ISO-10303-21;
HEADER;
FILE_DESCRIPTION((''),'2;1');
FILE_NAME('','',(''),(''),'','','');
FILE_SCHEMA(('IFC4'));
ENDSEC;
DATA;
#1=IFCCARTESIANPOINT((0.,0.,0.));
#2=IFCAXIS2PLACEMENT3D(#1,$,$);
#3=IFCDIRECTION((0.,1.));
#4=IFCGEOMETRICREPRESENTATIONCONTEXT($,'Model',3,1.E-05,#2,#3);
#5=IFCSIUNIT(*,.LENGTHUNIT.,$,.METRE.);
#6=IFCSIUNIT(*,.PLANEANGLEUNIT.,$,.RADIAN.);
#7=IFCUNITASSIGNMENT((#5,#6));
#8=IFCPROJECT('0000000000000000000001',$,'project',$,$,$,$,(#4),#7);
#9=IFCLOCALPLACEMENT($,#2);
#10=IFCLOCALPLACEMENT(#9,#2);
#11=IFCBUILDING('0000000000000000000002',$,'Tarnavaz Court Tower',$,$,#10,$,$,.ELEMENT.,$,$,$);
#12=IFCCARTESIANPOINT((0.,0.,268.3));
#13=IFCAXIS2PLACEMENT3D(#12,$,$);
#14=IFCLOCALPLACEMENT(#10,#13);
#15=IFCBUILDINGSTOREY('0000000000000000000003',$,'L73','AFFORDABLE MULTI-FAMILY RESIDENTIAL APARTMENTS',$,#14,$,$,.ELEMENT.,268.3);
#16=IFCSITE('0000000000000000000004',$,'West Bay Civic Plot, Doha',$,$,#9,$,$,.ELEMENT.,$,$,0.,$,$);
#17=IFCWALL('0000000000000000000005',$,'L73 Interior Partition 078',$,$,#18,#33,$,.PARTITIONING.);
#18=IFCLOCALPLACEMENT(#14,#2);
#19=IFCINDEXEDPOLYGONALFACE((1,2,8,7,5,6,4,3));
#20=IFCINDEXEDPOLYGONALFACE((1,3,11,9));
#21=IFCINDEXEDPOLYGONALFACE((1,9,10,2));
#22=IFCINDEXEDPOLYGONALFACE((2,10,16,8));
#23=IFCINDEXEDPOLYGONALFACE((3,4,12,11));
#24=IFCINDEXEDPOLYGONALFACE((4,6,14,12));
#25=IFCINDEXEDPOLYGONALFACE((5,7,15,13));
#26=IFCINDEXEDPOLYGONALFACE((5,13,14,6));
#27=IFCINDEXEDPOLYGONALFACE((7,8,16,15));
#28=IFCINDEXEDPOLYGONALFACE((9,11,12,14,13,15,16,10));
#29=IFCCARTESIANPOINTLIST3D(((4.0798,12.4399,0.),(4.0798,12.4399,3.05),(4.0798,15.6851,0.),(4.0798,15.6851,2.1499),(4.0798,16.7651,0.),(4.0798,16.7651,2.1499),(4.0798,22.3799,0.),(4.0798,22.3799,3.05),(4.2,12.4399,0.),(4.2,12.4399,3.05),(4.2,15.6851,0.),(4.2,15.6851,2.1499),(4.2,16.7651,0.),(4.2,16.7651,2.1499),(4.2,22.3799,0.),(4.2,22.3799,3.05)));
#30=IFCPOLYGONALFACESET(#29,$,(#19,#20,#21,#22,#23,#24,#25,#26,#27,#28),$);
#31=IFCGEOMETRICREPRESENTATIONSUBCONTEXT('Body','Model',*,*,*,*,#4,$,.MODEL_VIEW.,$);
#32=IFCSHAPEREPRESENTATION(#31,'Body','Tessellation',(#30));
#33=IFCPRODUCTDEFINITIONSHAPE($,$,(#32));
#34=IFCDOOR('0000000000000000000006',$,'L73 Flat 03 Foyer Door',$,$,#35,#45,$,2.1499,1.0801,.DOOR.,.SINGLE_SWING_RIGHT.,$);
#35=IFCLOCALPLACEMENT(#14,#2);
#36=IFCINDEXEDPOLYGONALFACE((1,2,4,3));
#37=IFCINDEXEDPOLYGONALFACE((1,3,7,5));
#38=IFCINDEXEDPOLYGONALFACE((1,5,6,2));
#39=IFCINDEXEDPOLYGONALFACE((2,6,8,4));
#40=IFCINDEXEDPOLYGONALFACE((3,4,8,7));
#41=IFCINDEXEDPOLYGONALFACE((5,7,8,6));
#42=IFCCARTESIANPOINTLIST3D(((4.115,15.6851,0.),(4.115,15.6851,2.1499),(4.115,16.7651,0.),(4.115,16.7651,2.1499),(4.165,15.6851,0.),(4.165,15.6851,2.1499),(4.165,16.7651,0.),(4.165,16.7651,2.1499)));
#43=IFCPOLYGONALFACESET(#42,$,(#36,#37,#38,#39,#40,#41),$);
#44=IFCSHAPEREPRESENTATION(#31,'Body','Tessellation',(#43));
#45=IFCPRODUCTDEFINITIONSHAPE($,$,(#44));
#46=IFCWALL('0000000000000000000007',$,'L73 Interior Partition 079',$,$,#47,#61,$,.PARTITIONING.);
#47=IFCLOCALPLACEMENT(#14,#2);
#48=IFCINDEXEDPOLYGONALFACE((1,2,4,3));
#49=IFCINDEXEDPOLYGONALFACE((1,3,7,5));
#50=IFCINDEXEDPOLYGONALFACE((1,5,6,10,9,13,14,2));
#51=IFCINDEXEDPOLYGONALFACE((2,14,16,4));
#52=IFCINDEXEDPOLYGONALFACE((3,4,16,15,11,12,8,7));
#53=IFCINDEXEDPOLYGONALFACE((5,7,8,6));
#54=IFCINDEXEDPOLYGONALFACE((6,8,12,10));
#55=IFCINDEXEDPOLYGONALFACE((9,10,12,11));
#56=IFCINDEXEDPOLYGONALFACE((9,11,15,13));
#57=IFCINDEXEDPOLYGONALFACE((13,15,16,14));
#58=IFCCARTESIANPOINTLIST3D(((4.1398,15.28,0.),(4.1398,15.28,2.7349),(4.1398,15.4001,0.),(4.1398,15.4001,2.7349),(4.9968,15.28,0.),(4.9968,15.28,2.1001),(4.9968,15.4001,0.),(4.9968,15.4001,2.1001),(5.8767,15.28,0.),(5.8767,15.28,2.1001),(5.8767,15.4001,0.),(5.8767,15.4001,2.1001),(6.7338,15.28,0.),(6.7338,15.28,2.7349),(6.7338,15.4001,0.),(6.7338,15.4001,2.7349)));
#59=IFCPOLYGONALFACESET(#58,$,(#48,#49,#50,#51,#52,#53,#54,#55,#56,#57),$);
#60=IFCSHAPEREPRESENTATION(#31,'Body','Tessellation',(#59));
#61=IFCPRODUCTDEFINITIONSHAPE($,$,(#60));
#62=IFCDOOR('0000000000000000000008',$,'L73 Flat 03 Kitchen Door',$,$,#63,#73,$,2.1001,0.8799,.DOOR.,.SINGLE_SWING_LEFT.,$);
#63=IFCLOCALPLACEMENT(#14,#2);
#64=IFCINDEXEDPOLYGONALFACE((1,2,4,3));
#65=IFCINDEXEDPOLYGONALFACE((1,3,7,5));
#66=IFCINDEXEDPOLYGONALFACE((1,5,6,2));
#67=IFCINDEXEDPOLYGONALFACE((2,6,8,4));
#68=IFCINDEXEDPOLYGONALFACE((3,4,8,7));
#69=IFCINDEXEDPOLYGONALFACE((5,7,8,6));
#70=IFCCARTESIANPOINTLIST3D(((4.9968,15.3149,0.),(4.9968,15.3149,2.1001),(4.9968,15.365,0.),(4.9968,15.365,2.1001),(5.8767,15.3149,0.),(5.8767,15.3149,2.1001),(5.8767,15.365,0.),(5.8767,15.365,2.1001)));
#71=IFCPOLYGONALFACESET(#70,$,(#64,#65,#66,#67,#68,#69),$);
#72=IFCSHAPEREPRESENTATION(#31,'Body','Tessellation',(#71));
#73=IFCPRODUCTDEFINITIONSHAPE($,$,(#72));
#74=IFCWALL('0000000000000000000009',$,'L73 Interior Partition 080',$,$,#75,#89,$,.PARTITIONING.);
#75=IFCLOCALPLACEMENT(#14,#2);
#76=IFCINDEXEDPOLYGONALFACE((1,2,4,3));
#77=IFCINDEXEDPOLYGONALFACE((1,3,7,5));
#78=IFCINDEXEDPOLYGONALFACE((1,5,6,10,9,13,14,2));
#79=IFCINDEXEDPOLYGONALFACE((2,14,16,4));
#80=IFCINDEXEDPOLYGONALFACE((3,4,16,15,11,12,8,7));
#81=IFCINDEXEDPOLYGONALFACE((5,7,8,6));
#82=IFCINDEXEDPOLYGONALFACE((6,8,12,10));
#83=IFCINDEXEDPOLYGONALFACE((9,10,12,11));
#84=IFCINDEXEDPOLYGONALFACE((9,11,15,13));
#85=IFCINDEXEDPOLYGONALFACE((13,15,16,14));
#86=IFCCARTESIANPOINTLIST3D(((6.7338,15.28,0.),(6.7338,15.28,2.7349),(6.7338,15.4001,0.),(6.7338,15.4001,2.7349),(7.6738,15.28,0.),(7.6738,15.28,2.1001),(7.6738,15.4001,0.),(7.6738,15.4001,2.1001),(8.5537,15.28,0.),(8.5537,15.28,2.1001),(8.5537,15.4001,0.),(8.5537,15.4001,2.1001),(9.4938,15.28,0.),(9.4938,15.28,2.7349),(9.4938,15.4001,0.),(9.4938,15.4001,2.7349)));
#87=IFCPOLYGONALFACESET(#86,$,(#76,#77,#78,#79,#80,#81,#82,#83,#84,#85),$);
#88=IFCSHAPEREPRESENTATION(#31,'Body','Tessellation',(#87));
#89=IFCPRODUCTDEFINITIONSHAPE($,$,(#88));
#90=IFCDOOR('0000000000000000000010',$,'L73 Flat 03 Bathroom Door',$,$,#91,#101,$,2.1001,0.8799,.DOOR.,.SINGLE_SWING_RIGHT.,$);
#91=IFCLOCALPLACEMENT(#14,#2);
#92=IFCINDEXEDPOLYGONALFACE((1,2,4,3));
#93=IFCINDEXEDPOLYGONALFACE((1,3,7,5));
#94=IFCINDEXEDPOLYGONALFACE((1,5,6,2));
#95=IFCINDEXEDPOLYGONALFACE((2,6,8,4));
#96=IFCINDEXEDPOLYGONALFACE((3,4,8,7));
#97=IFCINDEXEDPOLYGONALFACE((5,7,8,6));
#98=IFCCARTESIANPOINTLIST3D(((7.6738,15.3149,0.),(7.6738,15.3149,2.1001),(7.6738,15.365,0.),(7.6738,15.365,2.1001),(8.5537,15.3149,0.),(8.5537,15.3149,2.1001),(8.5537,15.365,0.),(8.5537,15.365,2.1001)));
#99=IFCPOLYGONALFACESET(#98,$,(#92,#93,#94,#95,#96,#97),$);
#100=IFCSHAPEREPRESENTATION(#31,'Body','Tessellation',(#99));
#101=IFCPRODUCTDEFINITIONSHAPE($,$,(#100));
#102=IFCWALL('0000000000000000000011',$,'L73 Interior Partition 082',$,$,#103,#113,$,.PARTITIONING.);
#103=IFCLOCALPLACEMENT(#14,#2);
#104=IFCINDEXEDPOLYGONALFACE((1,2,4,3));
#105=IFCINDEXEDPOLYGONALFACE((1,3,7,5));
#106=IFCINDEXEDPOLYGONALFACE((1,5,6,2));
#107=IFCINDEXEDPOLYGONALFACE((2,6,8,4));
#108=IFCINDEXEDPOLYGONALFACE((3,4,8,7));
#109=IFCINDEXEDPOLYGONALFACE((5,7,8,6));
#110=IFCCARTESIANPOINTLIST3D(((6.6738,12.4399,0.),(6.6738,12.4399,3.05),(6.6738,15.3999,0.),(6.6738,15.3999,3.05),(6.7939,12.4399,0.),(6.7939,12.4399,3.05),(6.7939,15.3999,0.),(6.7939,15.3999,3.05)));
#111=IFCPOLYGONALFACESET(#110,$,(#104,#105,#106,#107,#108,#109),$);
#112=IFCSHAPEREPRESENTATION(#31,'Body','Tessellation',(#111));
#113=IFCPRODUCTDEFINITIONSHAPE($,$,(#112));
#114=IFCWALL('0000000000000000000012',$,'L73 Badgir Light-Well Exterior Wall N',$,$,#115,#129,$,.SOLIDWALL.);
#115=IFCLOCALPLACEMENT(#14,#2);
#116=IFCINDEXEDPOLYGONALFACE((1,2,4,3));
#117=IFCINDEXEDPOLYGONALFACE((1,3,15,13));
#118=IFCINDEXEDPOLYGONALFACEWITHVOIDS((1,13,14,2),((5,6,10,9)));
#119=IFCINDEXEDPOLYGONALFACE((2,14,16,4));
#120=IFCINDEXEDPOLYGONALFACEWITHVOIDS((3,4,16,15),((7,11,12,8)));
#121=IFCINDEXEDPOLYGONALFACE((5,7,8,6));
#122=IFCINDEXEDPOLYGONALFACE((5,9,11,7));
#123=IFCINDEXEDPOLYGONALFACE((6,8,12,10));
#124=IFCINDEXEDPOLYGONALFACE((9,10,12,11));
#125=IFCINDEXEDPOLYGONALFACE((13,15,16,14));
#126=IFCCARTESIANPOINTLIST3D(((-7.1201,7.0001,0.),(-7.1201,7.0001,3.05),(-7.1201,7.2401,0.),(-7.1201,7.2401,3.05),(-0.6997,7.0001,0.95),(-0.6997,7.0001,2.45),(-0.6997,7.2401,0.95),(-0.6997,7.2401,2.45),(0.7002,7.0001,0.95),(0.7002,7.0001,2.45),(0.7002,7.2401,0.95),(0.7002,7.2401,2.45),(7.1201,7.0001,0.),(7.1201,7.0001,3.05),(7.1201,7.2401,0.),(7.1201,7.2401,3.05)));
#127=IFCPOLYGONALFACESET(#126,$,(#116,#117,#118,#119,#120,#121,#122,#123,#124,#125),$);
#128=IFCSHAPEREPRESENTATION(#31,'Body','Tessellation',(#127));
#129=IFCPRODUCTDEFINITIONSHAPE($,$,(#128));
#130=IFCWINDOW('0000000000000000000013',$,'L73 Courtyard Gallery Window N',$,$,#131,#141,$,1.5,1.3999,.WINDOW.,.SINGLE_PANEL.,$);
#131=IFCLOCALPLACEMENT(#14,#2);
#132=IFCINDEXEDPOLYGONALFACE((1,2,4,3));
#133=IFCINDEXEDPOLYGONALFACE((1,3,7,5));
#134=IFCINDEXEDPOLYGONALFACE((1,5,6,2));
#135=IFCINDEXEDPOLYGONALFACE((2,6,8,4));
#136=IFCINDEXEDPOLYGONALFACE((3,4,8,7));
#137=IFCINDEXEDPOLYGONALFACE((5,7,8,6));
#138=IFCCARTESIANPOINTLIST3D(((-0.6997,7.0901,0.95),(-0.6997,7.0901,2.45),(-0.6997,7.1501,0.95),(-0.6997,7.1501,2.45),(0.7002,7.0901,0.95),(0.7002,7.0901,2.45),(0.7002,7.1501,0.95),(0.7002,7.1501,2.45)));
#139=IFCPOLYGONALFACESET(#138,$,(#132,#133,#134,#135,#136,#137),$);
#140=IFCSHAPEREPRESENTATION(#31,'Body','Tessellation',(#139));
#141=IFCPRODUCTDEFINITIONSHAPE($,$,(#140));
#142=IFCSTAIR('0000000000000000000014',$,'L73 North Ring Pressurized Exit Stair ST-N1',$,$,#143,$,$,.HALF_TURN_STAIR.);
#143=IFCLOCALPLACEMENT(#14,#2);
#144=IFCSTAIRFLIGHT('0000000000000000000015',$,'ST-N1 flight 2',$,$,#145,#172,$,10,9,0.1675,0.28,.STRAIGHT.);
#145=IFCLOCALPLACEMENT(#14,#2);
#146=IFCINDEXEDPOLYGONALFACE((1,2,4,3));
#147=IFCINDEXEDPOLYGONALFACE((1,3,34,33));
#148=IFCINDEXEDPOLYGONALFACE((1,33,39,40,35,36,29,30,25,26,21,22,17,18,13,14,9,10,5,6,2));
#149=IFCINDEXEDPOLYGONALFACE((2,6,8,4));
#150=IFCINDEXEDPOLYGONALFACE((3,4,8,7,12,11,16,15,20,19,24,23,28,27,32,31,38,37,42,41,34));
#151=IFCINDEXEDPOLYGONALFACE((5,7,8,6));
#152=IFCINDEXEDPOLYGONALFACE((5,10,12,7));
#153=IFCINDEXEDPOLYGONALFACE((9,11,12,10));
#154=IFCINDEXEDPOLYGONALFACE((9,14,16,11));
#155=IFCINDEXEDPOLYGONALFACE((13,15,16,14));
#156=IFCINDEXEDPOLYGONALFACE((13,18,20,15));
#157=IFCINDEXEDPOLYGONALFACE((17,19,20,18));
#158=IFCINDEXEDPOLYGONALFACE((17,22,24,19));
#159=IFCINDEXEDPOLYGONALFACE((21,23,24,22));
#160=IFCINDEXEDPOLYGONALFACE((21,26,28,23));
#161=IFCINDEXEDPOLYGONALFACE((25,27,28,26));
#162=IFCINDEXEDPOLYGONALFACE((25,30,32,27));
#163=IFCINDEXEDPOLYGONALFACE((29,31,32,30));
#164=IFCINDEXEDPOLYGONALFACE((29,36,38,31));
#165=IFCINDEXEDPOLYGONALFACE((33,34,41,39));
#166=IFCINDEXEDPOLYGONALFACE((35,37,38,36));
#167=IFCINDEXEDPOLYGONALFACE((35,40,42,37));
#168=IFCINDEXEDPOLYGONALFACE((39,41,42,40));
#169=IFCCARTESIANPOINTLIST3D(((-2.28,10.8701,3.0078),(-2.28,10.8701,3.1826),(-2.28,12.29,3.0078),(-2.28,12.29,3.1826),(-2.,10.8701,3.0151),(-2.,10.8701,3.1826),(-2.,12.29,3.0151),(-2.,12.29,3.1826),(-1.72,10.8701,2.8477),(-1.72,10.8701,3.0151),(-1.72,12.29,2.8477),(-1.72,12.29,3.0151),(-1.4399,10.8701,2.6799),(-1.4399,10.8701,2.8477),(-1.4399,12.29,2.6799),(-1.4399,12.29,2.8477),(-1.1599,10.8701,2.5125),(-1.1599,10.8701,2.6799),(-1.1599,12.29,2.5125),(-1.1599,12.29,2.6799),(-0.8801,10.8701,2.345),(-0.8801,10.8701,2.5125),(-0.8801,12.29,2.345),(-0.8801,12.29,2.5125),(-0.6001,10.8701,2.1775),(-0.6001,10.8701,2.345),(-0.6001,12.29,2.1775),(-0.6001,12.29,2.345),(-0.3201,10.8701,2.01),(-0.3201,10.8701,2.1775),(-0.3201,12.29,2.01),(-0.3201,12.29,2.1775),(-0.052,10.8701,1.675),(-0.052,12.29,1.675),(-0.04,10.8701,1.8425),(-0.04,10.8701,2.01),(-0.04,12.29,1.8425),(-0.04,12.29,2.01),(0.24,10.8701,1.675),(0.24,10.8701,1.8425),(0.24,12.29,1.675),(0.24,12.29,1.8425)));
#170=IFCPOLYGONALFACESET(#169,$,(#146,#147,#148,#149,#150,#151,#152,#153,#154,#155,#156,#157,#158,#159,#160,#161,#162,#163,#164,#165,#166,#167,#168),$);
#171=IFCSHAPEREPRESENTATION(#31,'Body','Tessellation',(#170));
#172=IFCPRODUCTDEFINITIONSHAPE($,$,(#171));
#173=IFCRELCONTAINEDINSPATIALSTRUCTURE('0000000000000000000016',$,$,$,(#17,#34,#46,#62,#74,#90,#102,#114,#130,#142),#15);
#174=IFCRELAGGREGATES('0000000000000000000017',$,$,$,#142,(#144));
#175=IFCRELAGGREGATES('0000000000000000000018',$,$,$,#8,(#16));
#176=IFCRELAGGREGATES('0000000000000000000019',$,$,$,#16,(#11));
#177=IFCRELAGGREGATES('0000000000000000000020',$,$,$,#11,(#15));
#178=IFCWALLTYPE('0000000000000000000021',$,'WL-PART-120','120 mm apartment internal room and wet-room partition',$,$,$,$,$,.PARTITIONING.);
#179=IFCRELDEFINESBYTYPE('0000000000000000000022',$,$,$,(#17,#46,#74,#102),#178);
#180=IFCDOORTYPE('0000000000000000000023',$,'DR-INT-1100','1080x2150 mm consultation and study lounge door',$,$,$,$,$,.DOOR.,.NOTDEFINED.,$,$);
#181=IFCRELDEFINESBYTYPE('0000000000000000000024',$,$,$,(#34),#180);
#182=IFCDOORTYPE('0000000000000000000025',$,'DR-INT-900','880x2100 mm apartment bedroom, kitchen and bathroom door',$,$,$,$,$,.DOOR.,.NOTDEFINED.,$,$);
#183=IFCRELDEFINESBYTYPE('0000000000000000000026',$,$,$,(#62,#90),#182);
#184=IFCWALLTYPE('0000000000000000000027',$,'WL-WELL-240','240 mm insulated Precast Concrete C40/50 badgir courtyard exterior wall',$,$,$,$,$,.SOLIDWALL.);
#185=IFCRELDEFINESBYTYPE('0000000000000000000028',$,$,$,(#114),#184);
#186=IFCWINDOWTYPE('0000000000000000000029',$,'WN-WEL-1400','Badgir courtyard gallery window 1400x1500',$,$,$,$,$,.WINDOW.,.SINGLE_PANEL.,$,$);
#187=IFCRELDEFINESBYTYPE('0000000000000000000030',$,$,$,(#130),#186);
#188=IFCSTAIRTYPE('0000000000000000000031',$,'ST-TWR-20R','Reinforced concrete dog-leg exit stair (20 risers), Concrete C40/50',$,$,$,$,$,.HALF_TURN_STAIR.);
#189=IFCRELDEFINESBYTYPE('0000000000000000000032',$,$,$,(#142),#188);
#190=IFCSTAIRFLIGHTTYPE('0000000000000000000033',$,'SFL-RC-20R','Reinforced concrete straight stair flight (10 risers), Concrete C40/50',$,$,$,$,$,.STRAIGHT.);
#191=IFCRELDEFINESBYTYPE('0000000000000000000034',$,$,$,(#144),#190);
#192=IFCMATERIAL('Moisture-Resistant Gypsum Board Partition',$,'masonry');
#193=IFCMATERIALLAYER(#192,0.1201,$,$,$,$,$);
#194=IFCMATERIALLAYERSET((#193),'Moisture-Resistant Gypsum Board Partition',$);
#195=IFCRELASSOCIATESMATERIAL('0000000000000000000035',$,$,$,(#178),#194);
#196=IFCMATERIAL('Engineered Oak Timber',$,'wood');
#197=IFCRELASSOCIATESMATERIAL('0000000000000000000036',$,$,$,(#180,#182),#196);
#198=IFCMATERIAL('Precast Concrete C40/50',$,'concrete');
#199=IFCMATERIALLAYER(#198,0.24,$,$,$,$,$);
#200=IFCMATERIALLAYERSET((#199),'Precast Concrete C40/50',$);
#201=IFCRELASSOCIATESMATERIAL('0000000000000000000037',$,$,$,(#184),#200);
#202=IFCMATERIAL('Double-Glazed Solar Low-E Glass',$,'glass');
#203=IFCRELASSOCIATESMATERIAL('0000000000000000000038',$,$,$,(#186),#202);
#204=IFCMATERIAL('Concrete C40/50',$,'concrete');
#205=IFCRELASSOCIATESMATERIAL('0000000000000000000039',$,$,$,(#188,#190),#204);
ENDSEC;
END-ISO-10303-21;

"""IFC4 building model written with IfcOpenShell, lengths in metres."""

from ifc_helpers import new_model, si_unit, direction, frame, frame_2d, origin, place, context, subcontext, project, spatial, polyline, rectangle, outline, extrude, material, layer, layer_set, type_object, element, fill, aggregate, save


model = new_model("IFC4")

# Units and contexts
model_context = context("Model", 3, precision=1e-05, world=origin(), true_north=direction((0.0, 1.0)))
body_context = subcontext(model_context, "Body", "Model", "MODEL_VIEW")
ifc_project = project(units=[si_unit("LENGTHUNIT", "METRE"), si_unit("PLANEANGLEUNIT", "RADIAN")], contexts=[model_context])

# Site, building, storey
site_placement = place(None, origin())
site = spatial("IfcSite", under=ifc_project, at=site_placement, Name="West Bay Civic Plot, Doha", CompositionType="ELEMENT", RefElevation=0.0)
building_placement = place(site_placement, origin())
building = spatial("IfcBuilding", under=site, at=building_placement, Name="Tarnavaz Court Tower", CompositionType="ELEMENT")
storey_placement = place(building_placement, frame((0.0, 0.0, 268.3)))
storey = spatial("IfcBuildingStorey", under=building, at=storey_placement, Name="L73", Description="AFFORDABLE MULTI-FAMILY RESIDENTIAL APARTMENTS", CompositionType="ELEMENT", Elevation=268.3)

# Walls, openings, doors
ifc_material_1 = material(Name="Moisture-Resistant Gypsum Board Partition", Category="masonry")
ifc_layer_1 = layer(ifc_material_1, 0.1201)
ifc_layer_set_1 = layer_set([ifc_layer_1], Name="Moisture-Resistant Gypsum Board Partition")
wall_type_1 = type_object("IfcWallType", Name="WL-PART-120", Description="120 mm apartment internal room and wet-room partition", PredefinedType="PARTITIONING", material=ifc_layer_set_1)
wall_1_placement = place(storey_placement, frame((4.1399, 12.4399, 0.0), z_axis=(0.0, 0.0, 1.0), x_axis=(0.0, 1.0, 0.0)))
wall_1 = element("IfcWall", 1, at=wall_1_placement, inside=storey, type_object=wall_type_1, Name="L73 Interior Partition 078", PredefinedType="PARTITIONING", context=body_context, shape_type="SweptSolid", body=[
    extrude(rectangle(XDim=9.9399, YDim=0.1201, at=frame_2d((4.97, 0.0))), origin(), (0.0, 0.0, 1.0), 3.05),
])
opening_1_placement = place(wall_1_placement, frame((3.2451, 0.0, 0.0)))
opening_1 = element("IfcOpeningElement", 2, at=opening_1_placement, cuts=wall_1, PredefinedType="OPENING", context=body_context, shape_type="SweptSolid", body=[
    extrude(rectangle(XDim=1.0801, YDim=2.1499, at=frame_2d((0.54, 1.075))), frame((0.0, 0.0701, 0.0), z_axis=(0.0, -1.0, 0.0), x_axis=(1.0, 0.0, 0.0)), (0.0, 0.0, 1.0), 0.1401),
])
ifc_material_2 = material(Name="Engineered Oak Timber", Category="wood")
door_type_1 = type_object("IfcDoorType", Name="DR-INT-1100", Description="1080x2150 mm consultation and study lounge door", OperationType="NOTDEFINED", PredefinedType="DOOR", material=ifc_material_2)
door_1_placement = place(opening_1_placement, origin())
door_1 = element("IfcDoor", 3, at=door_1_placement, inside=storey, type_object=door_type_1, Name="L73 Flat 03 Foyer Door", OperationType="SINGLE_SWING_RIGHT", OverallHeight=2.1499, OverallWidth=1.0801, PredefinedType="DOOR", context=body_context, shape_type="SweptSolid", body=[
    extrude(rectangle(XDim=1.0801, YDim=2.1499, at=frame_2d((0.54, 1.075))), frame((0.0, 0.0249, 0.0), z_axis=(0.0, -1.0, 0.0), x_axis=(1.0, 0.0, 0.0)), (0.0, 0.0, 1.0), 0.05),
])
fill(opening_1, door_1)
wall_2_placement = place(storey_placement, frame((4.1399, 15.3401, 0.0), z_axis=(0.0, 0.0, 1.0), x_axis=(1.0, 0.0, 0.0)))
wall_2 = element("IfcWall", 4, at=wall_2_placement, inside=storey, type_object=wall_type_1, Name="L73 Interior Partition 079", PredefinedType="PARTITIONING", context=body_context, shape_type="SweptSolid", body=[
    extrude(rectangle(XDim=2.594, YDim=0.1201, at=frame_2d((1.2969, 0.0))), origin(), (0.0, 0.0, 1.0), 2.7349),
])
opening_2_placement = place(wall_2_placement, frame((0.8569, 0.0, 0.0)))
opening_2 = element("IfcOpeningElement", 5, at=opening_2_placement, cuts=wall_2, PredefinedType="OPENING", context=body_context, shape_type="SweptSolid", body=[
    extrude(rectangle(XDim=0.8799, YDim=2.1001, at=frame_2d((0.4399, 1.05))), frame((0.0, 0.0701, 0.0), z_axis=(0.0, -1.0, 0.0), x_axis=(1.0, 0.0, 0.0)), (0.0, 0.0, 1.0), 0.1401),
])
door_type_2 = type_object("IfcDoorType", Name="DR-INT-900", Description="880x2100 mm apartment bedroom, kitchen and bathroom door", OperationType="NOTDEFINED", PredefinedType="DOOR", material=ifc_material_2)
door_2_placement = place(opening_2_placement, origin())
door_2 = element("IfcDoor", 6, at=door_2_placement, inside=storey, type_object=door_type_2, Name="L73 Flat 03 Kitchen Door", OperationType="SINGLE_SWING_LEFT", OverallHeight=2.1001, OverallWidth=0.8799, PredefinedType="DOOR", context=body_context, shape_type="SweptSolid", body=[
    extrude(rectangle(XDim=0.8799, YDim=2.1001, at=frame_2d((0.4399, 1.05))), frame((0.0, 0.0249, 0.0), z_axis=(0.0, -1.0, 0.0), x_axis=(1.0, 0.0, 0.0)), (0.0, 0.0, 1.0), 0.05),
])
fill(opening_2, door_2)
wall_3_placement = place(storey_placement, frame((6.7339, 15.3401, 0.0), z_axis=(0.0, 0.0, 1.0), x_axis=(1.0, 0.0, 0.0)))
wall_3 = element("IfcWall", 7, at=wall_3_placement, inside=storey, type_object=wall_type_1, Name="L73 Interior Partition 080", PredefinedType="PARTITIONING", context=body_context, shape_type="SweptSolid", body=[
    extrude(rectangle(XDim=2.76, YDim=0.1201, at=frame_2d((1.3799, 0.0))), origin(), (0.0, 0.0, 1.0), 2.7349),
])
opening_3_placement = place(wall_3_placement, frame((0.9399, 0.0, 0.0)))
opening_3 = element("IfcOpeningElement", 8, at=opening_3_placement, cuts=wall_3, PredefinedType="OPENING", context=body_context, shape_type="SweptSolid", body=[
    extrude(rectangle(XDim=0.8799, YDim=2.1001, at=frame_2d((0.4399, 1.05))), frame((0.0, 0.0701, 0.0), z_axis=(0.0, -1.0, 0.0), x_axis=(1.0, 0.0, 0.0)), (0.0, 0.0, 1.0), 0.1401),
])
door_3_placement = place(opening_3_placement, origin())
door_3 = element("IfcDoor", 9, at=door_3_placement, inside=storey, type_object=door_type_2, Name="L73 Flat 03 Bathroom Door", OperationType="SINGLE_SWING_RIGHT", OverallHeight=2.1001, OverallWidth=0.8799, PredefinedType="DOOR", context=body_context, shape_type="SweptSolid", body=[
    extrude(rectangle(XDim=0.8799, YDim=2.1001, at=frame_2d((0.4399, 1.05))), frame((0.0, 0.0249, 0.0), z_axis=(0.0, -1.0, 0.0), x_axis=(1.0, 0.0, 0.0)), (0.0, 0.0, 1.0), 0.05),
])
fill(opening_3, door_3)

# Wall
wall_4_placement = place(storey_placement, frame((6.7339, 12.4399, 0.0), z_axis=(0.0, 0.0, 1.0), x_axis=(0.0, 1.0, 0.0)))
element("IfcWall", 10, at=wall_4_placement, inside=storey, type_object=wall_type_1, Name="L73 Interior Partition 082", PredefinedType="PARTITIONING", context=body_context, shape_type="SweptSolid", body=[
    extrude(rectangle(XDim=2.96, YDim=0.1201, at=frame_2d((1.48, 0.0))), origin(), (0.0, 0.0, 1.0), 3.05),
])

# Wall, opening, window
ifc_material_3 = material(Name="Precast Concrete C40/50", Category="concrete")
ifc_layer_2 = layer(ifc_material_3, 0.24)
ifc_layer_set_2 = layer_set([ifc_layer_2], Name="Precast Concrete C40/50")
wall_type_2 = type_object("IfcWallType", Name="WL-WELL-240", Description="240 mm insulated Precast Concrete C40/50 badgir courtyard exterior wall", PredefinedType="SOLIDWALL", material=ifc_layer_set_2)
wall_5_placement = place(storey_placement, frame((7.1201, 7.1201, 0.0), z_axis=(0.0, 0.0, 1.0), x_axis=(-1.0, 0.0, 0.0)))
wall_5 = element("IfcWall", 11, at=wall_5_placement, inside=storey, type_object=wall_type_2, Name="L73 Badgir Light-Well Exterior Wall N", PredefinedType="SOLIDWALL", context=body_context, shape_type="SweptSolid", body=[
    extrude(rectangle(XDim=14.2402, YDim=0.24, at=frame_2d((7.1201, 0.0))), origin(), (0.0, 0.0, 1.0), 3.05),
])
opening_4_placement = place(wall_5_placement, frame((6.4199, 0.0, 0.95)))
opening_4 = element("IfcOpeningElement", 12, at=opening_4_placement, cuts=wall_5, PredefinedType="OPENING", context=body_context, shape_type="SweptSolid", body=[
    extrude(rectangle(XDim=1.3999, YDim=1.5, at=frame_2d((0.7, 0.75))), frame((0.0, 0.1299, 0.0), z_axis=(0.0, -1.0, 0.0), x_axis=(1.0, 0.0, 0.0)), (0.0, 0.0, 1.0), 0.26),
])
ifc_material_4 = material(Name="Double-Glazed Solar Low-E Glass", Category="glass")
window_type = type_object("IfcWindowType", Name="WN-WEL-1400", Description="Badgir courtyard gallery window 1400x1500", PartitioningType="SINGLE_PANEL", PredefinedType="WINDOW", material=ifc_material_4)
window_placement = place(opening_4_placement, origin())
window = element("IfcWindow", 13, at=window_placement, inside=storey, type_object=window_type, Name="L73 Courtyard Gallery Window N", OverallHeight=1.5, OverallWidth=1.3999, PartitioningType="SINGLE_PANEL", PredefinedType="WINDOW", context=body_context, shape_type="SweptSolid", body=[
    extrude(rectangle(XDim=1.3999, YDim=1.5, at=frame_2d((0.7, 0.75))), frame((0.0, 0.03, 0.0), z_axis=(0.0, -1.0, 0.0), x_axis=(1.0, 0.0, 0.0)), (0.0, 0.0, 1.0), 0.0601),
])
fill(opening_4, window)

# Stair, stair flight
ifc_material_5 = material(Name="Concrete C40/50", Category="concrete")
stair_type = type_object("IfcStairType", Name="ST-TWR-20R", Description="Reinforced concrete dog-leg exit stair (20 risers), Concrete C40/50", PredefinedType="HALF_TURN_STAIR", material=ifc_material_5)
stair_placement = place(storey_placement, origin())
stair = element("IfcStair", 14, at=stair_placement, inside=storey, type_object=stair_type, Name="L73 North Ring Pressurized Exit Stair ST-N1", PredefinedType="HALF_TURN_STAIR")
stair_flight_type = type_object("IfcStairFlightType", Name="SFL-RC-20R", Description="Reinforced concrete straight stair flight (10 risers), Concrete C40/50", PredefinedType="STRAIGHT", material=ifc_material_5)
stair_flight_placement = place(storey_placement, frame((0.24, 11.5801, 1.675), z_axis=(0.0, 0.0, 1.0), x_axis=(-1.0, 0.0, 0.0)))
stair_flight = element("IfcStairFlight", 15, at=stair_flight_placement, type_object=stair_flight_type, Name="ST-N1 flight 2", NumberOfRisers=10, NumberOfTreads=9, PredefinedType="STRAIGHT", RiserHeight=0.1675, TreadLength=0.28, context=body_context, shape_type="SweptSolid", body=[
    extrude(outline(polyline([(0.0, 0.0), (0.0, 0.1675), (0.28, 0.1675), (0.28, 0.335), (0.5601, 0.335), (0.5601, 0.5024), (0.8401, 0.5024), (0.8401, 0.6699), (1.1201, 0.6699), (1.1201, 0.8374), (1.3999, 0.8374), (1.3999, 1.0049), (1.6799, 1.0049), (1.6799, 1.1726), (1.96, 1.1726), (1.96, 1.3401), (2.24, 1.3401), (2.24, 1.5076), (2.52, 1.5076), (2.52, 1.675), (2.52, 1.3328), (0.292, 0.0), (0.0, 0.0)])), frame((0.0, 0.71, 0.0), z_axis=(0.0, -1.0, 0.0), x_axis=(1.0, 0.0, 0.0)), (0.0, 0.0, 1.0), 1.4199),
])
aggregate(stair, [stair_flight])

save(model, "model.ifc")
